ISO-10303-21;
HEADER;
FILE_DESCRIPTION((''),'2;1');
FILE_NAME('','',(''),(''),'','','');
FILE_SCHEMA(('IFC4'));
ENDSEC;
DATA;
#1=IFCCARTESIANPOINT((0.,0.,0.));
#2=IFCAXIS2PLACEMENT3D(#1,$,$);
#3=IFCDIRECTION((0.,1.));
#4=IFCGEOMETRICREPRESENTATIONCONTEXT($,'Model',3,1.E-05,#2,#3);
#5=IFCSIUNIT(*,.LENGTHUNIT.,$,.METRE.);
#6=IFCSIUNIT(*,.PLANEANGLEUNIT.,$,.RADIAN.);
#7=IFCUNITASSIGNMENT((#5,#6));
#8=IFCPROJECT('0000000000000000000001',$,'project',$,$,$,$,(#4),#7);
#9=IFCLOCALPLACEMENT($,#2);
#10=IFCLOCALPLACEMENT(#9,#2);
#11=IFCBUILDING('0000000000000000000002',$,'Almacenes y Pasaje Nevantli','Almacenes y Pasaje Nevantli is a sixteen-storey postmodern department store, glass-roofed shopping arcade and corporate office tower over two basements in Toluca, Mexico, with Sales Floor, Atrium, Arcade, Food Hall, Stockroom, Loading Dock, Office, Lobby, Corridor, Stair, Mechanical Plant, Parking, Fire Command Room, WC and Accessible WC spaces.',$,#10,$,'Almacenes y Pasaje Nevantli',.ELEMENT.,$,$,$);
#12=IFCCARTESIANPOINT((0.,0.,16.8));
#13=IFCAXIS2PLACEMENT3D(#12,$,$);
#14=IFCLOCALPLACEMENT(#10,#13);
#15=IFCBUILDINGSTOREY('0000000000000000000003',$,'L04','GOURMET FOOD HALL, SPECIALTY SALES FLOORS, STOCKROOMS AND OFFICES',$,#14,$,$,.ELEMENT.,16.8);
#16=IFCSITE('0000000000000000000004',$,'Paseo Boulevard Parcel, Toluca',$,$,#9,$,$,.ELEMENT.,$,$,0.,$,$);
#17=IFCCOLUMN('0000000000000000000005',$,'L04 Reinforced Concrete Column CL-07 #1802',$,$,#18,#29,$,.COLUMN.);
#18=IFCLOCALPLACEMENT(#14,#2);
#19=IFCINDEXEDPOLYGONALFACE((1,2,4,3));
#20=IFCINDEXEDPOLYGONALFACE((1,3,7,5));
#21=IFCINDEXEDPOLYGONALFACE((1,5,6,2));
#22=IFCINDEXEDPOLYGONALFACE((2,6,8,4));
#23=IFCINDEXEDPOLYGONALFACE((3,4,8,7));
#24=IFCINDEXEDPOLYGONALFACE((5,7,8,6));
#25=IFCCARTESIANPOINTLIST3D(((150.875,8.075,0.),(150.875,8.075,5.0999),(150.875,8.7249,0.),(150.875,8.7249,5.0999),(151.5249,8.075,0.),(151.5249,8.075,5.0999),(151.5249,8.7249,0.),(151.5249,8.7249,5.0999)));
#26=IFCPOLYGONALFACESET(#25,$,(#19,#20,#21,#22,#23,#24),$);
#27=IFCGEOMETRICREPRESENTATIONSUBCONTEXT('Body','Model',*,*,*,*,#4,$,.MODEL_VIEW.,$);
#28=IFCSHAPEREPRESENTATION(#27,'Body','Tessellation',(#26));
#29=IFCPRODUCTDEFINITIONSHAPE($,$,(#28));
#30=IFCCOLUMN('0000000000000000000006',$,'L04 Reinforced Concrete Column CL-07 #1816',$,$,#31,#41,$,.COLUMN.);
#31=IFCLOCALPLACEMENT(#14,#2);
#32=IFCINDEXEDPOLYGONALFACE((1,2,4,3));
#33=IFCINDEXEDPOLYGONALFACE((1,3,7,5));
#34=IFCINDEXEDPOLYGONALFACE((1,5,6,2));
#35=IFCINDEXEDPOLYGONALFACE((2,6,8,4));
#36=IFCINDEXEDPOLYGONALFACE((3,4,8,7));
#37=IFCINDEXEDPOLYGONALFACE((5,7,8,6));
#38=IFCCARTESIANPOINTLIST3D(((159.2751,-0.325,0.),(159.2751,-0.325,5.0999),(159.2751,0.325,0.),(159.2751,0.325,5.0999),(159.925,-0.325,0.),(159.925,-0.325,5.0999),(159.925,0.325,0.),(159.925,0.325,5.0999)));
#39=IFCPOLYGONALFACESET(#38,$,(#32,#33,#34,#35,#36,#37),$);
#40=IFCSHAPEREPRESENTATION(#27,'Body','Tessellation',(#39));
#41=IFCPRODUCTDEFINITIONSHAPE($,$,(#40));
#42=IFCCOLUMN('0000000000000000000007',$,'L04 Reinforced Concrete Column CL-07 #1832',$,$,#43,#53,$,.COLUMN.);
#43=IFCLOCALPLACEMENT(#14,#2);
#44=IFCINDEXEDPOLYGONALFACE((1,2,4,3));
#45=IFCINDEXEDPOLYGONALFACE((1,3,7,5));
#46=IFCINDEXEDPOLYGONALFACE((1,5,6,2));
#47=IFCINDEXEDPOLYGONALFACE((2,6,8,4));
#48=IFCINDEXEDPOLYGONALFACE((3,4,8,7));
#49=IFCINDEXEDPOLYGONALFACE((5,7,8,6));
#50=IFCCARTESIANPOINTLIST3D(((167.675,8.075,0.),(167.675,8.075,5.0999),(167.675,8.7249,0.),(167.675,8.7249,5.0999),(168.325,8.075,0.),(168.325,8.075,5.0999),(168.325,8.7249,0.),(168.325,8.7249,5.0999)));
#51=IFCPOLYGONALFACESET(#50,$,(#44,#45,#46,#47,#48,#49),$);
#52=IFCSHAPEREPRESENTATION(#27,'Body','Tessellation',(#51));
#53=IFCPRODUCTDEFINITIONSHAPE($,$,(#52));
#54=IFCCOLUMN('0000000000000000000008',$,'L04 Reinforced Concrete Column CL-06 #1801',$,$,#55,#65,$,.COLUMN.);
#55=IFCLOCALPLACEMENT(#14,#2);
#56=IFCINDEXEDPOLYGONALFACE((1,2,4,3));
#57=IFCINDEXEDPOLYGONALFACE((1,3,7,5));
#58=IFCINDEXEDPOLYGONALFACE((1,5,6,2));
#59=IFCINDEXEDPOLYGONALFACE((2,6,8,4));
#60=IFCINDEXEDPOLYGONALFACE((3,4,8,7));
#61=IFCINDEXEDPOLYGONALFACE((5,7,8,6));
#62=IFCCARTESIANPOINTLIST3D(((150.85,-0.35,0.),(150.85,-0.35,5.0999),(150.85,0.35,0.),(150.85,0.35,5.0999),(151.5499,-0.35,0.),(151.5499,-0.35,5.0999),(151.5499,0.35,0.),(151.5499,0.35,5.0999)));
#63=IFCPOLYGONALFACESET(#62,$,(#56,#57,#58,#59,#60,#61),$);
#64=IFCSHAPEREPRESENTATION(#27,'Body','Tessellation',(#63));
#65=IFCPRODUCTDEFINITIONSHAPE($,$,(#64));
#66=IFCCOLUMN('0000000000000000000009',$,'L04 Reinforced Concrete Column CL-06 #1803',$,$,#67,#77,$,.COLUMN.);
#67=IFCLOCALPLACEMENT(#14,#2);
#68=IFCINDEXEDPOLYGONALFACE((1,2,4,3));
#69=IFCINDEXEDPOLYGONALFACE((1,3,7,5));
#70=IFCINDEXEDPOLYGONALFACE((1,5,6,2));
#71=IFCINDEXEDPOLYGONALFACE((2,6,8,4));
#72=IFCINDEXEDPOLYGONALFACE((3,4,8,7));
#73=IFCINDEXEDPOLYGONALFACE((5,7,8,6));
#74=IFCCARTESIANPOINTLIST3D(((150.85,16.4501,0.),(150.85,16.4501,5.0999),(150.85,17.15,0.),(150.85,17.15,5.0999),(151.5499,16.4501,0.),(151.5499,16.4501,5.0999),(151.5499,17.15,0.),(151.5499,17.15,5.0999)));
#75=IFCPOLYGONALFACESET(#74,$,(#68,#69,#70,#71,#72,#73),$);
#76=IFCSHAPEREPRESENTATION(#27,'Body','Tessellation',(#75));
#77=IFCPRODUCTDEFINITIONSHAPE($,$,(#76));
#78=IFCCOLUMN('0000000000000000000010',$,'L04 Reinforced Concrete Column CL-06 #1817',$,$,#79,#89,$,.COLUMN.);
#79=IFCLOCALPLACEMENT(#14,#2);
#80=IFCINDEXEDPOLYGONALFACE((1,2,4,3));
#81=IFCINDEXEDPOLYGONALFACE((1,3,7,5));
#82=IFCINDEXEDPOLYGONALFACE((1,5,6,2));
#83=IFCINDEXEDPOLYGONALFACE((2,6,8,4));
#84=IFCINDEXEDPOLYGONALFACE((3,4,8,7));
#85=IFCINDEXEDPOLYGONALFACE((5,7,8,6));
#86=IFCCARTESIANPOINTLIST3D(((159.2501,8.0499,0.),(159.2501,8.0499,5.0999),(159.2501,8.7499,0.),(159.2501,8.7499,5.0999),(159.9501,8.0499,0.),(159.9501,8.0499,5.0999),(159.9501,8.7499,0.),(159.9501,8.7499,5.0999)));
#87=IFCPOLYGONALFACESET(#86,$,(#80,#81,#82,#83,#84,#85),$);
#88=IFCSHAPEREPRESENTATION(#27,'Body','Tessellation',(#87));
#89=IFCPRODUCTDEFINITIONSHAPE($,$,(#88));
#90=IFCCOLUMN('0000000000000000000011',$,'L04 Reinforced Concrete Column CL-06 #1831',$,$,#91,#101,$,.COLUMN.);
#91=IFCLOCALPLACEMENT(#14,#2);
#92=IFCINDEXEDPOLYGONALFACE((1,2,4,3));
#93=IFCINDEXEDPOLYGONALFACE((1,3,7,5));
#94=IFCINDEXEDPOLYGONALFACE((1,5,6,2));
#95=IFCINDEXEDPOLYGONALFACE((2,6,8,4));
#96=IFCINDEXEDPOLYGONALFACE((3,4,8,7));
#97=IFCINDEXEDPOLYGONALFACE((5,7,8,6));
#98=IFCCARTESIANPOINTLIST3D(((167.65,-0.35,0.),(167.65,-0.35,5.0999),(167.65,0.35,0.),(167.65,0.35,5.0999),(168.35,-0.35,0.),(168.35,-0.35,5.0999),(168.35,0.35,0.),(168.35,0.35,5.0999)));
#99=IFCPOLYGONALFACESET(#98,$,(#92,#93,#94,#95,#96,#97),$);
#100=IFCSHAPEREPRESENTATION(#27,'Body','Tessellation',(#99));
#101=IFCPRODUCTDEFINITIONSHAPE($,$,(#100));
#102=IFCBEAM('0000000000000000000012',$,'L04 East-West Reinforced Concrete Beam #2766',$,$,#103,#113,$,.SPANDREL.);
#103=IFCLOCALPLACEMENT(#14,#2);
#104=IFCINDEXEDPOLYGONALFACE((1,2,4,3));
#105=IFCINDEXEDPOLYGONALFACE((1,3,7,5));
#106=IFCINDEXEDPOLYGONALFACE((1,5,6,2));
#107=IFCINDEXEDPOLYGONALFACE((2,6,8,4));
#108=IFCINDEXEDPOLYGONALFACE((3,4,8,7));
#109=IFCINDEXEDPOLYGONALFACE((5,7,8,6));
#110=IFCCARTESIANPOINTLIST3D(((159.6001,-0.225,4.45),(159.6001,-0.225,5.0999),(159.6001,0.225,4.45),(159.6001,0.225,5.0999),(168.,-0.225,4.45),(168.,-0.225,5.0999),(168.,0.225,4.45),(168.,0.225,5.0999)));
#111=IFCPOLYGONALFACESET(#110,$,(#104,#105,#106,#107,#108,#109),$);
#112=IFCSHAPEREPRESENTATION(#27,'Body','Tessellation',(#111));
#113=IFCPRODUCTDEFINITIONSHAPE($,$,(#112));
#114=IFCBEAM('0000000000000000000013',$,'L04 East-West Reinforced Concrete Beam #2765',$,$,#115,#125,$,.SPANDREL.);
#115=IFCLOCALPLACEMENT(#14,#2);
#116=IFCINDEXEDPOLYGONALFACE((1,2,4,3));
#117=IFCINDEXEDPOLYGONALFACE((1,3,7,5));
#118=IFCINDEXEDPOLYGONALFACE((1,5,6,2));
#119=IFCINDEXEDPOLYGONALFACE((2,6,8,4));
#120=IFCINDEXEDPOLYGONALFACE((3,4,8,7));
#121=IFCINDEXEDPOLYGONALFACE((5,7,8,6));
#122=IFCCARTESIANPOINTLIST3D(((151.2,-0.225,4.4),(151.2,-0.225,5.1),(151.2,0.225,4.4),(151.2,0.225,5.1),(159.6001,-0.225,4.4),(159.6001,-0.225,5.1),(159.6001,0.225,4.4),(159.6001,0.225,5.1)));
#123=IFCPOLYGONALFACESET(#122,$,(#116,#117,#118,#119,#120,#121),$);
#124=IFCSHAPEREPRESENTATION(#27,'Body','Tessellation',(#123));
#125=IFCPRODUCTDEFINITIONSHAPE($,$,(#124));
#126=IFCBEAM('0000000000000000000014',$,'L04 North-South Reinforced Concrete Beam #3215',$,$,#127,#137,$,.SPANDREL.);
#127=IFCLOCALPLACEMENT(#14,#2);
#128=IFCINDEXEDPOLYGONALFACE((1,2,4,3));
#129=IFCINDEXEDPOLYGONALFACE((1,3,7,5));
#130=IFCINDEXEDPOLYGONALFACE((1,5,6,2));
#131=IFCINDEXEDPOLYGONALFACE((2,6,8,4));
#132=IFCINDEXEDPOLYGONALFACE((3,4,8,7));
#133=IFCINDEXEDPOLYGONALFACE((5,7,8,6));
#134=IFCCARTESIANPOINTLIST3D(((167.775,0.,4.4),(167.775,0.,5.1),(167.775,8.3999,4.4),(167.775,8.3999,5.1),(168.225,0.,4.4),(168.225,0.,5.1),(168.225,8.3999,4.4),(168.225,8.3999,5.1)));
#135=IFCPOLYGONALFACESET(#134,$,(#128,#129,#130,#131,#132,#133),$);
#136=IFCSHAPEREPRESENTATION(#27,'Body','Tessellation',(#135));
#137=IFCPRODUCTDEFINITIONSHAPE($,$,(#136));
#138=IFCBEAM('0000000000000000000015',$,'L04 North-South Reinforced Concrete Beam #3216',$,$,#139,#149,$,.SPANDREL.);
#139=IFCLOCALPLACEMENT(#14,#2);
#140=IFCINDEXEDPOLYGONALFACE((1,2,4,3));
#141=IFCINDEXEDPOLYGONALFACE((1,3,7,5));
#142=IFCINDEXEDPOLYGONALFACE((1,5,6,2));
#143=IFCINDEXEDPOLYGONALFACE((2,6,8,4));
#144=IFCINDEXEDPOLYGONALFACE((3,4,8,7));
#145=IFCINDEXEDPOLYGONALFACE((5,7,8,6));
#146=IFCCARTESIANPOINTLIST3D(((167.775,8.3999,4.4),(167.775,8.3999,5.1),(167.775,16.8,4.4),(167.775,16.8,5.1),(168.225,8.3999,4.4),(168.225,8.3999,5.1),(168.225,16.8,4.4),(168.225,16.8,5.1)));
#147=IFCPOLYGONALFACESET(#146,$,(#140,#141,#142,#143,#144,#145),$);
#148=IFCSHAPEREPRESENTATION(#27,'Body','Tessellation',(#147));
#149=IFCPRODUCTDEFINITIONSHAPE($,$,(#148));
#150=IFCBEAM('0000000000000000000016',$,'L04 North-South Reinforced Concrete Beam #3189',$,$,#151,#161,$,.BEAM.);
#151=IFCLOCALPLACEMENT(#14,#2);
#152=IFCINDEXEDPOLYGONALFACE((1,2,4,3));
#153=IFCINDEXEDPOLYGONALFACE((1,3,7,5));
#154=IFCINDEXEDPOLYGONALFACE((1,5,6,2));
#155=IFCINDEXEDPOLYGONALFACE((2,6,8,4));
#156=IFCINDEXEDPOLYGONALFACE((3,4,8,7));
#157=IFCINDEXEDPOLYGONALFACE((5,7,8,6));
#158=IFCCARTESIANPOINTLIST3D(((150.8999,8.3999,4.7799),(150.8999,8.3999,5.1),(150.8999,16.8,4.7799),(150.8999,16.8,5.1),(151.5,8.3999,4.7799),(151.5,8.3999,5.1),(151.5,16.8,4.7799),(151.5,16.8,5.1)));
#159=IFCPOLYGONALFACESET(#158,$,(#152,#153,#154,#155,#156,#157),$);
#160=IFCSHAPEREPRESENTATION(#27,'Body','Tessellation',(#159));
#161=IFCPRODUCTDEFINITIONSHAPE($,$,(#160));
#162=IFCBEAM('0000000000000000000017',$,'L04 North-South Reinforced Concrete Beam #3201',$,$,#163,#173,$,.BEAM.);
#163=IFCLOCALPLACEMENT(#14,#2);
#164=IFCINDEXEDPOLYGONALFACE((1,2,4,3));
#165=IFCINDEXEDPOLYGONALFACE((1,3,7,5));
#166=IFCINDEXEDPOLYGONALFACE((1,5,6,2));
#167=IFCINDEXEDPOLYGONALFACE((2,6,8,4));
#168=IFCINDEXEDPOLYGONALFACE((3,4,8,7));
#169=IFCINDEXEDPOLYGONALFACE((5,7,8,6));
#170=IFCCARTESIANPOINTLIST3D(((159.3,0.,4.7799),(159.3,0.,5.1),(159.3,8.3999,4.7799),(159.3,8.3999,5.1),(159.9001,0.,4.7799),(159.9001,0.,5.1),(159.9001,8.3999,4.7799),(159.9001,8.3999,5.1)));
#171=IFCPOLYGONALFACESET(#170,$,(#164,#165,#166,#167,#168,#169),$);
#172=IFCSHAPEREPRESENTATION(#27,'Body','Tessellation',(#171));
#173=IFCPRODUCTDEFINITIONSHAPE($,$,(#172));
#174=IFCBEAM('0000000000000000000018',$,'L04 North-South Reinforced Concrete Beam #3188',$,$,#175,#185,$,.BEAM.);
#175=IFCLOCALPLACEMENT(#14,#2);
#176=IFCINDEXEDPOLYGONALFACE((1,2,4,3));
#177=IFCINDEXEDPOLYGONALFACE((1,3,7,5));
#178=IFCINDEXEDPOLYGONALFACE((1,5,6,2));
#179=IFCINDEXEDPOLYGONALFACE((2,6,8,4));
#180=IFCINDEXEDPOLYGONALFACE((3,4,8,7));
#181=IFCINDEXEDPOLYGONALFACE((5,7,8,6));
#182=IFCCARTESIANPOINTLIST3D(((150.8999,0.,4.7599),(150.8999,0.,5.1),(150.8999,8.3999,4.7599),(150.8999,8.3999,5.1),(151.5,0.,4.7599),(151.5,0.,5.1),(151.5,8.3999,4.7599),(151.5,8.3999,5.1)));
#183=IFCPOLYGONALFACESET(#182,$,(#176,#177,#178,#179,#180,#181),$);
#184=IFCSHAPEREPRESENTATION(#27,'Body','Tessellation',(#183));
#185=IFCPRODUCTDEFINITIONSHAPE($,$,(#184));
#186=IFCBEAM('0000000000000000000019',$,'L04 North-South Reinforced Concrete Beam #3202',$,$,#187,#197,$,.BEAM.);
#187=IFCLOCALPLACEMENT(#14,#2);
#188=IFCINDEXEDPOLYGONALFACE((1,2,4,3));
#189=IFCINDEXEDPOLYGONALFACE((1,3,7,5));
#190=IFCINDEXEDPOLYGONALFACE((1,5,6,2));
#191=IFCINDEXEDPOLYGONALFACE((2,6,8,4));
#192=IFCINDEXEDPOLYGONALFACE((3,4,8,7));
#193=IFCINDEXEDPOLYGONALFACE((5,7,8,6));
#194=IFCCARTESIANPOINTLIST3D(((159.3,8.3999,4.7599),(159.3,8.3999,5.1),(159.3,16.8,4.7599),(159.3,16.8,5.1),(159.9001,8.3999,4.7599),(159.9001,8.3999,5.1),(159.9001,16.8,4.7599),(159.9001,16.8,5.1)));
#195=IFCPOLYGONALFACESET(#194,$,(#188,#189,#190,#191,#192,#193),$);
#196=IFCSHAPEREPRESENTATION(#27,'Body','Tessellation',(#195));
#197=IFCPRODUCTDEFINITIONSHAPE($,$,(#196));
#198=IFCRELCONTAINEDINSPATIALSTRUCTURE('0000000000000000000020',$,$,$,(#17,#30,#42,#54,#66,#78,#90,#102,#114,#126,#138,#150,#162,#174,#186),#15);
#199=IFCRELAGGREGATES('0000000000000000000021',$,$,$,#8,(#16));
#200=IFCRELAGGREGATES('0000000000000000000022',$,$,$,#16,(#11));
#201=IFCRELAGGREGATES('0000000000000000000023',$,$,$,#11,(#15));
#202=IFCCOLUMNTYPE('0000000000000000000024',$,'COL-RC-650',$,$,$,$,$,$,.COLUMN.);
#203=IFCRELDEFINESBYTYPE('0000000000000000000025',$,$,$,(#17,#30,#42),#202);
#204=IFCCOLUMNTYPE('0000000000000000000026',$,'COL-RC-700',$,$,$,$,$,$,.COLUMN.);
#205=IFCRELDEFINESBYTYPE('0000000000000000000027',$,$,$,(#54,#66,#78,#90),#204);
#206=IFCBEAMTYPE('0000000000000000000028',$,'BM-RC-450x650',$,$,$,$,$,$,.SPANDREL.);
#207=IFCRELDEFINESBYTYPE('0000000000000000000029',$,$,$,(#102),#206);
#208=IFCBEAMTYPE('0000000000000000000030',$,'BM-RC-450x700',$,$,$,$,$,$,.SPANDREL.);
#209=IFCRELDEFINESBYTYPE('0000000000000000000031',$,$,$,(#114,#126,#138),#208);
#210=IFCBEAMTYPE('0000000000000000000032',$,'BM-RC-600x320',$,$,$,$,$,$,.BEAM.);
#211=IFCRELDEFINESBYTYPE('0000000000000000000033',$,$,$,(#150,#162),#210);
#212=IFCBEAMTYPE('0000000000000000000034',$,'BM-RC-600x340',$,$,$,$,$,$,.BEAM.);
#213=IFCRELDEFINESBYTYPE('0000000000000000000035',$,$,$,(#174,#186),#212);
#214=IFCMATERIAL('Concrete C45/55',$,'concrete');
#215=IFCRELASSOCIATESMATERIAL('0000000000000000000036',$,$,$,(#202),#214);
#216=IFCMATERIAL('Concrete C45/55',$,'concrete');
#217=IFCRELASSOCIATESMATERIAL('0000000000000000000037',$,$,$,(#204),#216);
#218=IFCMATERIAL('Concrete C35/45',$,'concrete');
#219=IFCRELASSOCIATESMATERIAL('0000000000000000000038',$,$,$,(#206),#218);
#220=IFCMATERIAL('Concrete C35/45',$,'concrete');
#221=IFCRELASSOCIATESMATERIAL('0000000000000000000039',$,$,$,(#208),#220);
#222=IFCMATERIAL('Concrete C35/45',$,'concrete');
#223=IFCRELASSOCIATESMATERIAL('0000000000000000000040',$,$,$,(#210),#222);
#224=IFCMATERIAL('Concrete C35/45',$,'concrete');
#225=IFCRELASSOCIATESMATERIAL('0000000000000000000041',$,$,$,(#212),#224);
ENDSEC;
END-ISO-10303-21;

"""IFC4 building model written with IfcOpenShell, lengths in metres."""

from ifc_helpers import new_model, si_unit, direction, frame, origin, origin_2d, place, context, subcontext, project, spatial, rectangle, extrude, material, material_profile, profile_set, type_object, element, save


model = new_model("IFC4")

# Units and contexts
model_context = context("Model", 3, precision=1e-05, world=origin(), true_north=direction((0.0, 1.0)))
body_context = subcontext(model_context, "Body", "Model", "MODEL_VIEW")
ifc_project = project(units=[si_unit("LENGTHUNIT", "METRE"), si_unit("PLANEANGLEUNIT", "RADIAN")], contexts=[model_context])

# Site, building, storey
site_placement = place(None, origin())
site = spatial("IfcSite", under=ifc_project, at=site_placement, Name="Paseo Boulevard Parcel, Toluca", CompositionType="ELEMENT", RefElevation=0.0)
building_placement = place(site_placement, origin())
building = spatial("IfcBuilding", under=site, at=building_placement, Name="Almacenes y Pasaje Nevantli", Description="Almacenes y Pasaje Nevantli is a sixteen-storey postmodern department store, glass-roofed shopping arcade and corporate office tower over two basements in Toluca, Mexico, with Sales Floor, Atrium, Arcade, Food Hall, Stockroom, Loading Dock, Office, Lobby, Corridor, Stair, Mechanical Plant, Parking, Fire Command Room, WC and Accessible WC spaces.", LongName="Almacenes y Pasaje Nevantli", CompositionType="ELEMENT")
storey_placement = place(building_placement, frame((0.0, 0.0, 16.8)))
storey = spatial("IfcBuildingStorey", under=building, at=storey_placement, Name="L04", Description="GOURMET FOOD HALL, SPECIALTY SALES FLOORS, STOCKROOMS AND OFFICES", CompositionType="ELEMENT", Elevation=16.8)

# Columns
ifc_material_1 = material(Name="Concrete C45/55", Category="concrete")
ifc_material_profile_1 = material_profile(ifc_material_1, rectangle(XDim=0.6499, YDim=0.6499, at=origin_2d()), Name="RC-COL-650x650")
ifc_profile_set_1 = profile_set([ifc_material_profile_1], Name="Concrete C45/55")
column_type_1 = type_object("IfcColumnType", Name="COL-RC-650", PredefinedType="COLUMN", material=ifc_profile_set_1)
for number, where, z_axis, x_axis, name in (
    (1, (151.2, 8.3999, 0.0), (0.0, 0.0, 1.0), (1.0, 0.0, 0.0), "L04 Reinforced Concrete Column CL-07 #1802"),
    (2, (159.6001, 0.0, 0.0), (0.0, 0.0, 1.0), (1.0, 0.0, 0.0), "L04 Reinforced Concrete Column CL-07 #1816"),
    (3, (168.0, 8.3999, 0.0), (0.0, 0.0, 1.0), (1.0, 0.0, 0.0), "L04 Reinforced Concrete Column CL-07 #1832"),
):
    element("IfcColumn", number, at=place(storey_placement, frame(where, z_axis=z_axis, x_axis=x_axis)), inside=storey, type_object=column_type_1, Name=name, PredefinedType="COLUMN", context=body_context, shape_type="SweptSolid", body=[
        extrude(rectangle(XDim=0.6499, YDim=0.6499, at=origin_2d()), origin(), (0.0, 0.0, 1.0), 5.0999),
    ])
ifc_material_2 = material(Name="Concrete C45/55", Category="concrete")
ifc_material_profile_2 = material_profile(ifc_material_2, rectangle(XDim=0.7, YDim=0.7, at=origin_2d()), Name="RC-COL-700x700")
ifc_profile_set_2 = profile_set([ifc_material_profile_2], Name="Concrete C45/55")
column_type_2 = type_object("IfcColumnType", Name="COL-RC-700", PredefinedType="COLUMN", material=ifc_profile_set_2)
for number, where, z_axis, x_axis, name in (
    (4, (151.2, 0.0, 0.0), (0.0, 0.0, 1.0), (1.0, 0.0, 0.0), "L04 Reinforced Concrete Column CL-06 #1801"),
    (5, (151.2, 16.8, 0.0), (0.0, 0.0, 1.0), (1.0, 0.0, 0.0), "L04 Reinforced Concrete Column CL-06 #1803"),
    (6, (159.6001, 8.3999, 0.0), (0.0, 0.0, 1.0), (1.0, 0.0, 0.0), "L04 Reinforced Concrete Column CL-06 #1817"),
    (7, (168.0, 0.0, 0.0), (0.0, 0.0, 1.0), (1.0, 0.0, 0.0), "L04 Reinforced Concrete Column CL-06 #1831"),
):
    element("IfcColumn", number, at=place(storey_placement, frame(where, z_axis=z_axis, x_axis=x_axis)), inside=storey, type_object=column_type_2, Name=name, PredefinedType="COLUMN", context=body_context, shape_type="SweptSolid", body=[
        extrude(rectangle(XDim=0.7, YDim=0.7, at=origin_2d()), origin(), (0.0, 0.0, 1.0), 5.0999),
    ])

# Beams
ifc_material_3 = material(Name="Concrete C35/45", Category="concrete")
ifc_material_profile_3 = material_profile(ifc_material_3, rectangle(XDim=0.45, YDim=0.6499, at=origin_2d()), Name="RC-BM-450x650")
ifc_profile_set_3 = profile_set([ifc_material_profile_3], Name="Concrete C35/45")
beam_type_1 = type_object("IfcBeamType", Name="BM-RC-450x650", PredefinedType="SPANDREL", material=ifc_profile_set_3)
beam_1_placement = place(storey_placement, frame((159.6001, 0.0, 4.7749), z_axis=(1.0, 0.0, 0.0), x_axis=(0.0, 1.0, 0.0)))
element("IfcBeam", 8, at=beam_1_placement, inside=storey, type_object=beam_type_1, Name="L04 East-West Reinforced Concrete Beam #2766", PredefinedType="SPANDREL", context=body_context, shape_type="SweptSolid", body=[
    extrude(rectangle(XDim=0.45, YDim=0.6499, at=origin_2d()), origin(), (0.0, 0.0, 1.0), 8.3999),
])
ifc_material_4 = material(Name="Concrete C35/45", Category="concrete")
ifc_material_profile_4 = material_profile(ifc_material_4, rectangle(XDim=0.45, YDim=0.7, at=origin_2d()), Name="RC-BM-450x700")
ifc_profile_set_4 = profile_set([ifc_material_profile_4], Name="Concrete C35/45")
beam_type_2 = type_object("IfcBeamType", Name="BM-RC-450x700", PredefinedType="SPANDREL", material=ifc_profile_set_4)
beam_2_placement = place(storey_placement, frame((151.2, 0.0, 4.75), z_axis=(1.0, 0.0, 0.0), x_axis=(0.0, 1.0, 0.0)))
element("IfcBeam", 9, at=beam_2_placement, inside=storey, type_object=beam_type_2, Name="L04 East-West Reinforced Concrete Beam #2765", PredefinedType="SPANDREL", context=body_context, shape_type="SweptSolid", body=[
    extrude(rectangle(XDim=0.45, YDim=0.7, at=origin_2d()), origin(), (0.0, 0.0, 1.0), 8.4001),
])
beam_3_placement = place(storey_placement, frame((168.0, 0.0, 4.75), z_axis=(0.0, 1.0, 0.0), x_axis=(-1.0, 0.0, 0.0)))
element("IfcBeam", 10, at=beam_3_placement, inside=storey, type_object=beam_type_2, Name="L04 North-South Reinforced Concrete Beam #3215", PredefinedType="SPANDREL", context=body_context, shape_type="SweptSolid", body=[
    extrude(rectangle(XDim=0.45, YDim=0.7, at=origin_2d()), origin(), (0.0, 0.0, 1.0), 8.3999),
])
beam_4_placement = place(storey_placement, frame((168.0, 8.3999, 4.75), z_axis=(0.0, 1.0, 0.0), x_axis=(-1.0, 0.0, 0.0)))
element("IfcBeam", 11, at=beam_4_placement, inside=storey, type_object=beam_type_2, Name="L04 North-South Reinforced Concrete Beam #3216", PredefinedType="SPANDREL", context=body_context, shape_type="SweptSolid", body=[
    extrude(rectangle(XDim=0.45, YDim=0.7, at=origin_2d()), origin(), (0.0, 0.0, 1.0), 8.4001),
])
ifc_material_5 = material(Name="Concrete C35/45", Category="concrete")
ifc_material_profile_5 = material_profile(ifc_material_5, rectangle(XDim=0.6001, YDim=0.3201, at=origin_2d()), Name="RC-BM-600x320")
ifc_profile_set_5 = profile_set([ifc_material_profile_5], Name="Concrete C35/45")
beam_type_3 = type_object("IfcBeamType", Name="BM-RC-600x320", PredefinedType="BEAM", material=ifc_profile_set_5)
beam_5_placement = place(storey_placement, frame((151.2, 8.3999, 4.9399), z_axis=(0.0, 1.0, 0.0), x_axis=(-1.0, 0.0, 0.0)))
element("IfcBeam", 12, at=beam_5_placement, inside=storey, type_object=beam_type_3, Name="L04 North-South Reinforced Concrete Beam #3189", PredefinedType="BEAM", context=body_context, shape_type="SweptSolid", body=[
    extrude(rectangle(XDim=0.6001, YDim=0.3201, at=origin_2d()), origin(), (0.0, 0.0, 1.0), 8.4001),
])
beam_6_placement = place(storey_placement, frame((159.6001, 0.0, 4.9399), z_axis=(0.0, 1.0, 0.0), x_axis=(-1.0, 0.0, 0.0)))
element("IfcBeam", 13, at=beam_6_placement, inside=storey, type_object=beam_type_3, Name="L04 North-South Reinforced Concrete Beam #3201", PredefinedType="BEAM", context=body_context, shape_type="SweptSolid", body=[
    extrude(rectangle(XDim=0.6001, YDim=0.3201, at=origin_2d()), origin(), (0.0, 0.0, 1.0), 8.3999),
])
ifc_material_6 = material(Name="Concrete C35/45", Category="concrete")
ifc_material_profile_6 = material_profile(ifc_material_6, rectangle(XDim=0.6001, YDim=0.3401, at=origin_2d()), Name="RC-BM-600x340")
ifc_profile_set_6 = profile_set([ifc_material_profile_6], Name="Concrete C35/45")
beam_type_4 = type_object("IfcBeamType", Name="BM-RC-600x340", PredefinedType="BEAM", material=ifc_profile_set_6)
beam_7_placement = place(storey_placement, frame((151.2, 0.0, 4.9299), z_axis=(0.0, 1.0, 0.0), x_axis=(-1.0, 0.0, 0.0)))
element("IfcBeam", 14, at=beam_7_placement, inside=storey, type_object=beam_type_4, Name="L04 North-South Reinforced Concrete Beam #3188", PredefinedType="BEAM", context=body_context, shape_type="SweptSolid", body=[
    extrude(rectangle(XDim=0.6001, YDim=0.3401, at=origin_2d()), origin(), (0.0, 0.0, 1.0), 8.3999),
])
beam_8_placement = place(storey_placement, frame((159.6001, 8.3999, 4.9299), z_axis=(0.0, 1.0, 0.0), x_axis=(-1.0, 0.0, 0.0)))
element("IfcBeam", 15, at=beam_8_placement, inside=storey, type_object=beam_type_4, Name="L04 North-South Reinforced Concrete Beam #3202", PredefinedType="BEAM", context=body_context, shape_type="SweptSolid", body=[
    extrude(rectangle(XDim=0.6001, YDim=0.3401, at=origin_2d()), origin(), (0.0, 0.0, 1.0), 8.4001),
])

save(model, "model.ifc")
